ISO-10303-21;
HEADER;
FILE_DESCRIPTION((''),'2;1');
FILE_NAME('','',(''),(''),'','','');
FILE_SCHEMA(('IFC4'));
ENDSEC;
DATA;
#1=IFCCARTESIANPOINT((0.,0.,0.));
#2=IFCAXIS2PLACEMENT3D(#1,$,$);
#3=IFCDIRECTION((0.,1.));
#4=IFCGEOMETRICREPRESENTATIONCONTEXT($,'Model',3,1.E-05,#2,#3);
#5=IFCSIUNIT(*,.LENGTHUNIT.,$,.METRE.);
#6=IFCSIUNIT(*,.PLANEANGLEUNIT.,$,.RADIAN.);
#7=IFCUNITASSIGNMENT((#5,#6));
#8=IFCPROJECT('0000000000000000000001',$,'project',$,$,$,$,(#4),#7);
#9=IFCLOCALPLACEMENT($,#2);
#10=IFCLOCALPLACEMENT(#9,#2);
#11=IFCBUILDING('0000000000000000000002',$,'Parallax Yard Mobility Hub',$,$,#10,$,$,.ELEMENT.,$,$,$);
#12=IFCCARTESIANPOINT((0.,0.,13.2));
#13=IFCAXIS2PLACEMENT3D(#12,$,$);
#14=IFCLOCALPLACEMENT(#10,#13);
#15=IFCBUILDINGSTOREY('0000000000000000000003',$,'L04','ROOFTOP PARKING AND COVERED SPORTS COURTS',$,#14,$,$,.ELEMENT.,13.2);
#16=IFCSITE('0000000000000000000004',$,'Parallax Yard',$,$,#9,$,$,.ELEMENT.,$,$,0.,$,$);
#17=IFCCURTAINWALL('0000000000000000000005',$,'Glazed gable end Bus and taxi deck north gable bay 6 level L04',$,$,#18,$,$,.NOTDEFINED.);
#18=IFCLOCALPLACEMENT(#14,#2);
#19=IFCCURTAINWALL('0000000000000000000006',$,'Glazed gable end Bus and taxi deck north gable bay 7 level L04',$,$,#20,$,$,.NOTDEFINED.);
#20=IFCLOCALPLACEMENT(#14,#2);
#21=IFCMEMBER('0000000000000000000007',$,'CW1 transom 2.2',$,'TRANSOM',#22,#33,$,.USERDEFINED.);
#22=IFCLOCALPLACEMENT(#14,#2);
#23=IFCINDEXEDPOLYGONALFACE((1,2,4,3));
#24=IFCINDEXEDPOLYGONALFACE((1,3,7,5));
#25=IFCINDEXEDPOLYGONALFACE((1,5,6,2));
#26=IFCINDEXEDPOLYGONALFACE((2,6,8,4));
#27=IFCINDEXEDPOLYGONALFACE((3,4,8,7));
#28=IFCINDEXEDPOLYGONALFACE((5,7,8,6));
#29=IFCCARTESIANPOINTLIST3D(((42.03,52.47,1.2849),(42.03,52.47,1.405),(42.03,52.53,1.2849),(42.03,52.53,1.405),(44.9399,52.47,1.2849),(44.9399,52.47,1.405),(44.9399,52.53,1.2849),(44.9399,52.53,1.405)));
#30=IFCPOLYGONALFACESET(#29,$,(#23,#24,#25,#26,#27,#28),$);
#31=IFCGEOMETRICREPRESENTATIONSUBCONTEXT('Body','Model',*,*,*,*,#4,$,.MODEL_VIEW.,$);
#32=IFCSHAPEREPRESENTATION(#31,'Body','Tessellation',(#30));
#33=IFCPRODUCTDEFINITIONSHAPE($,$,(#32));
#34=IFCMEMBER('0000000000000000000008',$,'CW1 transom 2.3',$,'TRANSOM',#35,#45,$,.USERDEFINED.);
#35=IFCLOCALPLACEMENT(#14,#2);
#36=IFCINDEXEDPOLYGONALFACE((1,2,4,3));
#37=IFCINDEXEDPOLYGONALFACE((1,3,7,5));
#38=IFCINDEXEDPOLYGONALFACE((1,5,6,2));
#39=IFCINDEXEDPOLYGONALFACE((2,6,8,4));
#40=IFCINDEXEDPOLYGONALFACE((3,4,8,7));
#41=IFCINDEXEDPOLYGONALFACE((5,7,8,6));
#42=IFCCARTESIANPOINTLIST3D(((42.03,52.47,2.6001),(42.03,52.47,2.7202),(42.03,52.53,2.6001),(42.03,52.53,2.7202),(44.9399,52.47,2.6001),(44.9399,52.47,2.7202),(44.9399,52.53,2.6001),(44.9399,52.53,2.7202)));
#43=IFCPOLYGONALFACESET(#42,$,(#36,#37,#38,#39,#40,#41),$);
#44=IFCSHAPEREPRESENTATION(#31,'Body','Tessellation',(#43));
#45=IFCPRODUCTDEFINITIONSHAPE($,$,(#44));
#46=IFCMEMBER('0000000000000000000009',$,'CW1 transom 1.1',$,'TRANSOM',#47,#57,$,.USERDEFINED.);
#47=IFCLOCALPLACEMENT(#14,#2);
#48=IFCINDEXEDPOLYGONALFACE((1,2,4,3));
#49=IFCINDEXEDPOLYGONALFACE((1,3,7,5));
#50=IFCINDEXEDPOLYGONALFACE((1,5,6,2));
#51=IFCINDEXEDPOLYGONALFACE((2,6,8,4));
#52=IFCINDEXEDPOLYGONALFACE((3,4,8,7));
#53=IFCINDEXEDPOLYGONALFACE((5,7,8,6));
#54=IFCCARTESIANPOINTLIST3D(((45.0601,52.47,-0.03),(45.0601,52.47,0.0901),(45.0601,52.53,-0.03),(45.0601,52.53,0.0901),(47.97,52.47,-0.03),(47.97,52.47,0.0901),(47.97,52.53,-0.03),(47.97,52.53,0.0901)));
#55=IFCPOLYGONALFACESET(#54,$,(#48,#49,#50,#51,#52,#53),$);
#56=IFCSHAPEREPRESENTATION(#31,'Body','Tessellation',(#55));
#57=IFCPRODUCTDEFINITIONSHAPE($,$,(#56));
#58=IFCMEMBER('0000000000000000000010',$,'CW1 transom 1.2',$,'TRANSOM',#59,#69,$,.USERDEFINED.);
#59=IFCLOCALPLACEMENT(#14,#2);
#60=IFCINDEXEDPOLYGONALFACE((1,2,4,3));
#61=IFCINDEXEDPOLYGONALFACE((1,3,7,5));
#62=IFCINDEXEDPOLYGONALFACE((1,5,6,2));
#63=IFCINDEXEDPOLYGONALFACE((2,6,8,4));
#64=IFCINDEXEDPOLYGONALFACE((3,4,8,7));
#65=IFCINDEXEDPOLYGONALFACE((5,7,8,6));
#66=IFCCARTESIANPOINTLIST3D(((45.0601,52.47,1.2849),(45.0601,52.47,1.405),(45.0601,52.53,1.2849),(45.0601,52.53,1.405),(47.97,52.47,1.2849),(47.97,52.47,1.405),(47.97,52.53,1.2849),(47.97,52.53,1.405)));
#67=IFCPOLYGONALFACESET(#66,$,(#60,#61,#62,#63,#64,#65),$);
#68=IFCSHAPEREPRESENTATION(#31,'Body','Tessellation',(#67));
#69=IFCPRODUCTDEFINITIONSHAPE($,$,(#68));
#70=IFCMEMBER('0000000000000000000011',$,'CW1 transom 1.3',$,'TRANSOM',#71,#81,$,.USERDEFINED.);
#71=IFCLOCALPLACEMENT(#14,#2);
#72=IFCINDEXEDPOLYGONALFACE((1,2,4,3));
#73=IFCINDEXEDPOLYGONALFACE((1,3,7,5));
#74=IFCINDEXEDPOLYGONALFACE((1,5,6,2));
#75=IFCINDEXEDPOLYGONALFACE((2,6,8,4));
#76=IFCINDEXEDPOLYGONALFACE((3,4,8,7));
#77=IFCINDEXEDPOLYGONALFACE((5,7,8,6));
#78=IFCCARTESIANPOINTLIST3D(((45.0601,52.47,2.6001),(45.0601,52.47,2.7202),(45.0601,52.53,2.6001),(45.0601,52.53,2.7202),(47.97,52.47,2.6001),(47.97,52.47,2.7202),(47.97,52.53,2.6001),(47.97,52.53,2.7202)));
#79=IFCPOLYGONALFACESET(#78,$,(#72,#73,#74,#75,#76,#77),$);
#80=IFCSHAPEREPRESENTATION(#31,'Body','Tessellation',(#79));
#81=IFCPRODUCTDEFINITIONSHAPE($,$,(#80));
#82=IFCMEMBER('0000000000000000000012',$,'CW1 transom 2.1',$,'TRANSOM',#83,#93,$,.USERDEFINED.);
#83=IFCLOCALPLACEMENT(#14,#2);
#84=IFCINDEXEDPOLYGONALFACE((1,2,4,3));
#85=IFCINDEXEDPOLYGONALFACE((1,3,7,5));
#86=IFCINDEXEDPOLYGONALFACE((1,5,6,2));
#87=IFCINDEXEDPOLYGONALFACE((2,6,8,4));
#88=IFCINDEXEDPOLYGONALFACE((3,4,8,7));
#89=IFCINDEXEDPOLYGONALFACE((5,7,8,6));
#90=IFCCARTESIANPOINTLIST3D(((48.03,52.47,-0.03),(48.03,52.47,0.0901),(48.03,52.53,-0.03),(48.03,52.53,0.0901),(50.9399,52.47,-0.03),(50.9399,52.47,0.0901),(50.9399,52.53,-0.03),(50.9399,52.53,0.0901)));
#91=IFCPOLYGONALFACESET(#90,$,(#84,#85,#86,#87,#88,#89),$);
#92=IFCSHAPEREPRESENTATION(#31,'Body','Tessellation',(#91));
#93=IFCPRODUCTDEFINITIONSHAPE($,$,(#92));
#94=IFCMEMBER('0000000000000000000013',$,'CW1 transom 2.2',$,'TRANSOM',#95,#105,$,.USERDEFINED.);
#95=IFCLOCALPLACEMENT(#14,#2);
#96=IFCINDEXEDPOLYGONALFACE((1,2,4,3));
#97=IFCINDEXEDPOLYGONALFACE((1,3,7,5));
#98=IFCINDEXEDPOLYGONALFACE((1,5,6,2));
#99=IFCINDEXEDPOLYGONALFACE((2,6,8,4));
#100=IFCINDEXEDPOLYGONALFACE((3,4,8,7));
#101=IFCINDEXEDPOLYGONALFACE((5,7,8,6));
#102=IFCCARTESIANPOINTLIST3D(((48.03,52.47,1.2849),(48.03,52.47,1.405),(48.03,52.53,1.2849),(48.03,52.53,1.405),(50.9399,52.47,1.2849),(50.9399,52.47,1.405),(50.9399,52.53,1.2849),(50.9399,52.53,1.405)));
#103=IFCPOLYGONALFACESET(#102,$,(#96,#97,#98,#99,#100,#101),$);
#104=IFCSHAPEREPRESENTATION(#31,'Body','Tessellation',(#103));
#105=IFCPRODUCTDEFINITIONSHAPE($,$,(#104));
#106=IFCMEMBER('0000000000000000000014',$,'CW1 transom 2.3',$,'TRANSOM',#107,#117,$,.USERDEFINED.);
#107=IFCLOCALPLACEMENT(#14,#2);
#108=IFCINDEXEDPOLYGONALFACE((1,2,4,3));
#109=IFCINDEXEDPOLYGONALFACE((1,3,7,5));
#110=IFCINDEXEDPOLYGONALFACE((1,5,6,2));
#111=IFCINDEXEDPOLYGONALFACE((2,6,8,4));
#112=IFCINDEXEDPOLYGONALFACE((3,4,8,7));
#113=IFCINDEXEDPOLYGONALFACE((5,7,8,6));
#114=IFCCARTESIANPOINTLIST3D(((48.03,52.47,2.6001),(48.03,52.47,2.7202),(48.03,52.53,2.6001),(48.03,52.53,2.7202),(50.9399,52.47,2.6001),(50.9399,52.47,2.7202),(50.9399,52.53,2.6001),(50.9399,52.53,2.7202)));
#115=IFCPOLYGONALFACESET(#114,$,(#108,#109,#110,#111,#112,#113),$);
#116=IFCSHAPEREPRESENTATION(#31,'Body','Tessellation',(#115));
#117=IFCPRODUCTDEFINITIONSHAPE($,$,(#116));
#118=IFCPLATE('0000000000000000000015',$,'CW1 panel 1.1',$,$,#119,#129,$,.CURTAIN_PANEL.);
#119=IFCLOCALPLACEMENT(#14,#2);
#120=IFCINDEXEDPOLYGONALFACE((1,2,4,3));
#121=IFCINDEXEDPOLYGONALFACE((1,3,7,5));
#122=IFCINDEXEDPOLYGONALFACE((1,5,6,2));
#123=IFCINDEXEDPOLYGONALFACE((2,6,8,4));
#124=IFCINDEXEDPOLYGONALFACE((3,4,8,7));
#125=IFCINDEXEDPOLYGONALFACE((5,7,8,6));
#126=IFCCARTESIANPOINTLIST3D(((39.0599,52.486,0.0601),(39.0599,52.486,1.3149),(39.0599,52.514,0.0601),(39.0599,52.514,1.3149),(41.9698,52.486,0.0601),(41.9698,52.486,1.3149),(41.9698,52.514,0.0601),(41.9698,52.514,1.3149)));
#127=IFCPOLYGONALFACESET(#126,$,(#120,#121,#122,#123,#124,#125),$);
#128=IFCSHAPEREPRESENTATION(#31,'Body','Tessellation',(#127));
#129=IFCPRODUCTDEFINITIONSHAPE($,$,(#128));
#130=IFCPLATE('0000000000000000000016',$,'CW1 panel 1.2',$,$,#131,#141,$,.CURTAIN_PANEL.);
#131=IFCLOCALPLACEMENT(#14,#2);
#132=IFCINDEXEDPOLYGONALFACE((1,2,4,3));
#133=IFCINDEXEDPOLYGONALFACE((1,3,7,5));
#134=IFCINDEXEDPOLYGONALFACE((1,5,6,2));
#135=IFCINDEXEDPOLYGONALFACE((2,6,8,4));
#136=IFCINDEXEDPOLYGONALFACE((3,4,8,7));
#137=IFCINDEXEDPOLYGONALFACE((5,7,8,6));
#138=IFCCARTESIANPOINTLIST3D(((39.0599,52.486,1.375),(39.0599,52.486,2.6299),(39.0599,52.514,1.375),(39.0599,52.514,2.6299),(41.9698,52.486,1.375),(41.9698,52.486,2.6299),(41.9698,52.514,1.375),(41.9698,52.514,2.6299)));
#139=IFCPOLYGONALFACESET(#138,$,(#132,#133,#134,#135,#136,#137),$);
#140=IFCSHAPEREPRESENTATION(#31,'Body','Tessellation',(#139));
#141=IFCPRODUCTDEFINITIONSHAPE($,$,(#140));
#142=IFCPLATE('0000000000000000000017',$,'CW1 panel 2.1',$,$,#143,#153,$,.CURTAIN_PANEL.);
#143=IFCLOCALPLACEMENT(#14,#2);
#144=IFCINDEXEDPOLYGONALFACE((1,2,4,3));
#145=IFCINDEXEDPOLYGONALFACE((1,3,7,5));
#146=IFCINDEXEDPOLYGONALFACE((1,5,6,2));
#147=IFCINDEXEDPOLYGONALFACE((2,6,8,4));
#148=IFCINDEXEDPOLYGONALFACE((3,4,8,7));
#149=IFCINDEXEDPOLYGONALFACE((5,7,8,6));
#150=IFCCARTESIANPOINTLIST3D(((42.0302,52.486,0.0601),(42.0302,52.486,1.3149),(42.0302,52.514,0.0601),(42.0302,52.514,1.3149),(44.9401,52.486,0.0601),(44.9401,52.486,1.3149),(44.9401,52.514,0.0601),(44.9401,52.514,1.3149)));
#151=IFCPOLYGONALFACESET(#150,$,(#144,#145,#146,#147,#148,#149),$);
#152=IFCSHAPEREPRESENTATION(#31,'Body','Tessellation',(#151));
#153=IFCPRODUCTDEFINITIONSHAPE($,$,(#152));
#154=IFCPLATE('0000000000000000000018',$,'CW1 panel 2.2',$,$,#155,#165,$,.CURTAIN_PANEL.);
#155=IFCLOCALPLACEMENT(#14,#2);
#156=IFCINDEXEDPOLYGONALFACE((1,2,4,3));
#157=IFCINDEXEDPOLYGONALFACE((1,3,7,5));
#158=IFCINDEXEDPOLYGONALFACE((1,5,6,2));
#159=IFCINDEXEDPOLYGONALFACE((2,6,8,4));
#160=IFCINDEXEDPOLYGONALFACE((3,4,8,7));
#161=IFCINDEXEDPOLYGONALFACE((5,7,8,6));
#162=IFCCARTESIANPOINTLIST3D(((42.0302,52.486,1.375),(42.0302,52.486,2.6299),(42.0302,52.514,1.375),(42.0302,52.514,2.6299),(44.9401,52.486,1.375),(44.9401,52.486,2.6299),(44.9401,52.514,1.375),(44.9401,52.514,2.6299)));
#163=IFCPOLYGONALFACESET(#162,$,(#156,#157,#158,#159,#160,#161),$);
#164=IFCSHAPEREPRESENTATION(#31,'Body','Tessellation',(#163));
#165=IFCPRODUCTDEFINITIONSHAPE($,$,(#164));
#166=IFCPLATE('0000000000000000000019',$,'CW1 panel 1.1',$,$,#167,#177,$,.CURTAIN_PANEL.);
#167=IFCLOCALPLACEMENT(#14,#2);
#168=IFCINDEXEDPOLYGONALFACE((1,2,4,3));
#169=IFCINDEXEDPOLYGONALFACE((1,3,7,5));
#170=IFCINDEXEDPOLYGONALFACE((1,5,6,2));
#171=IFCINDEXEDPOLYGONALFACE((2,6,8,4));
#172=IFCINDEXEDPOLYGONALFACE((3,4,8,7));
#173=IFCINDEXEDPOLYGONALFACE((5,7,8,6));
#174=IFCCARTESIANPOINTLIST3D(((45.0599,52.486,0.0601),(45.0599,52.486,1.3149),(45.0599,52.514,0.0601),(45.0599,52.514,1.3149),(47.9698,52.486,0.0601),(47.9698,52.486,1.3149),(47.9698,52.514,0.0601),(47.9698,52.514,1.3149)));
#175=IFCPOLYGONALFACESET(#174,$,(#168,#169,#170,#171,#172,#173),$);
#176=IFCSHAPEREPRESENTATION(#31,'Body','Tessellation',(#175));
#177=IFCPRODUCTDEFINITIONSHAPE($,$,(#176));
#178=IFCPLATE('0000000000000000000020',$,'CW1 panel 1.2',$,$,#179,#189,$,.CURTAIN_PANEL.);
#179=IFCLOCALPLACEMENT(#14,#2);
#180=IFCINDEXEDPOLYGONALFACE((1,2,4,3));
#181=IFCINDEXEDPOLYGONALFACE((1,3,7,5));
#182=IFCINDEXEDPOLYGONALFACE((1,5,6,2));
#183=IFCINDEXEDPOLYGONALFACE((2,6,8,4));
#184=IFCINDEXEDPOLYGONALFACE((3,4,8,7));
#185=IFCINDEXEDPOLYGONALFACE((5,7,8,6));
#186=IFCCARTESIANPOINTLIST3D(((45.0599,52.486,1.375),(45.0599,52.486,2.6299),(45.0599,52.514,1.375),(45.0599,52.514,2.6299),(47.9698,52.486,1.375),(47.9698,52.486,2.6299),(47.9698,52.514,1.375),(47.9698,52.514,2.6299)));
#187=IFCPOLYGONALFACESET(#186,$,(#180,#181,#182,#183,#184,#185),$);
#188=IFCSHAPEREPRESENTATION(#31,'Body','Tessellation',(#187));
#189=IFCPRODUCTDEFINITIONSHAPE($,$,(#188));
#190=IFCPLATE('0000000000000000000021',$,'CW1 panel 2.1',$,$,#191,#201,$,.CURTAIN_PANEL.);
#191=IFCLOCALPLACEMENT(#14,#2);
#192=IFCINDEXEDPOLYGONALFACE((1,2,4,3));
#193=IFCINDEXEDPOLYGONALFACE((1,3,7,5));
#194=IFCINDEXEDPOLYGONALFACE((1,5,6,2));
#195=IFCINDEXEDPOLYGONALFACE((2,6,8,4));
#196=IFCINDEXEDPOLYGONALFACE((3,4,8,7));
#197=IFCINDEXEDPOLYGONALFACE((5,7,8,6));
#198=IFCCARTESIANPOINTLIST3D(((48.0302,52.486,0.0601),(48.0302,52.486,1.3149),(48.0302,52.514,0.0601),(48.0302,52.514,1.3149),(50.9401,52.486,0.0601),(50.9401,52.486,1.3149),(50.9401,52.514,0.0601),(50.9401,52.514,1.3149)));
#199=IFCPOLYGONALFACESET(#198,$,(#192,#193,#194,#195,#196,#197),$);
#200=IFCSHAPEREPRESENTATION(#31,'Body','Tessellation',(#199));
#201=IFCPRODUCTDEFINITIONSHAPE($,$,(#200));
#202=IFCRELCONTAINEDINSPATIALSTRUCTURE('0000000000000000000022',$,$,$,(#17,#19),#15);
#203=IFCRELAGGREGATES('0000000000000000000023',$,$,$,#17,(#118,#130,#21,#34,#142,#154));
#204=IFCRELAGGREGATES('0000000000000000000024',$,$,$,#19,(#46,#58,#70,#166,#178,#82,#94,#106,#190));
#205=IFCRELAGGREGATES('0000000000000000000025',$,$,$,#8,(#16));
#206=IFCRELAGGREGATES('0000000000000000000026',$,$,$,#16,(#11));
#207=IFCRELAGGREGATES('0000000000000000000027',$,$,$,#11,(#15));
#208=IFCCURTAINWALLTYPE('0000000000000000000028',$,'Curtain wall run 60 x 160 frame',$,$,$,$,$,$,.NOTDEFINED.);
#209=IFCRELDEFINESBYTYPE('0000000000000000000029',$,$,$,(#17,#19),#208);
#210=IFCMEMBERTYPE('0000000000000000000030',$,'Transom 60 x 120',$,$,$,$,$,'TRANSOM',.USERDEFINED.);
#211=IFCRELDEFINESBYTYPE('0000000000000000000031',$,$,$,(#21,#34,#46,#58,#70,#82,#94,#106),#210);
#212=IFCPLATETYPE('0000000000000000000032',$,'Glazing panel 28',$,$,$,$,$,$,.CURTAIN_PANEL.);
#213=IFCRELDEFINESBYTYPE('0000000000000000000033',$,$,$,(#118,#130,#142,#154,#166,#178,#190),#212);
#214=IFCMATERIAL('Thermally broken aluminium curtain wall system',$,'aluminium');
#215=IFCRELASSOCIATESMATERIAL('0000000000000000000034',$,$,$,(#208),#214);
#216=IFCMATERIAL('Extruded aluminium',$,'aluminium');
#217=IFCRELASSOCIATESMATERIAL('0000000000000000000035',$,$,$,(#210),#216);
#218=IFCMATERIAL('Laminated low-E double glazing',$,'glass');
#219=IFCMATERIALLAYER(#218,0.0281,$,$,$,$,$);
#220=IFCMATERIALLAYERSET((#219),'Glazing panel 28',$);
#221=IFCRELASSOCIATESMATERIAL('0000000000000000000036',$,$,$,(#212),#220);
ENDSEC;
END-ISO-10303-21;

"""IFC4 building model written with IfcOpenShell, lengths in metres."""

from ifc_helpers import new_model, si_unit, direction, frame, origin, origin_2d, place, context, subcontext, project, spatial, rectangle, extrude, material, layer, layer_set, material_profile, profile_set, type_object, element, aggregate, save


model = new_model("IFC4")

# Units and contexts
model_context = context("Model", 3, precision=1e-05, world=origin(), true_north=direction((0.0, 1.0)))
body_context = subcontext(model_context, "Body", "Model", "MODEL_VIEW")
ifc_project = project(units=[si_unit("LENGTHUNIT", "METRE"), si_unit("PLANEANGLEUNIT", "RADIAN")], contexts=[model_context])

# Site, building, storey
site_placement = place(None, origin())
site = spatial("IfcSite", under=ifc_project, at=site_placement, Name="Parallax Yard", CompositionType="ELEMENT", RefElevation=0.0)
building_placement = place(site_placement, origin())
building = spatial("IfcBuilding", under=site, at=building_placement, Name="Parallax Yard Mobility Hub", CompositionType="ELEMENT")
storey_placement = place(building_placement, frame((0.0, 0.0, 13.2)))
storey = spatial("IfcBuildingStorey", under=building, at=storey_placement, Name="L04", Description="ROOFTOP PARKING AND COVERED SPORTS COURTS", CompositionType="ELEMENT", Elevation=13.2)

# Curtain walls
ifc_material_1 = material(Name="Thermally broken aluminium curtain wall system", Category="aluminium")
curtain_wall_type = type_object("IfcCurtainWallType", Name="Curtain wall run 60 x 160 frame", PredefinedType="NOTDEFINED", material=ifc_material_1)
curtain_wall_1_placement = place(storey_placement, origin())
curtain_wall_1 = element("IfcCurtainWall", 1, at=curtain_wall_1_placement, inside=storey, type_object=curtain_wall_type, Name="Glazed gable end Bus and taxi deck north gable bay 6 level L04", PredefinedType="NOTDEFINED")
ifc_material_2 = material(Name="Extruded aluminium", Category="aluminium")
curtain_wall_2_placement = place(storey_placement, origin())
curtain_wall_2 = element("IfcCurtainWall", 2, at=curtain_wall_2_placement, inside=storey, type_object=curtain_wall_type, Name="Glazed gable end Bus and taxi deck north gable bay 7 level L04", PredefinedType="NOTDEFINED")

# Members
ifc_material_profile_1 = material_profile(ifc_material_2, rectangle(XDim=0.0601, YDim=0.1201, at=origin_2d()), Name="Transom 60 x 120")
ifc_profile_set_1 = profile_set([ifc_material_profile_1], Name="Extruded aluminium")
member_type_1 = type_object("IfcMemberType", Name="Transom 60 x 120", ElementType="TRANSOM", PredefinedType="USERDEFINED", material=ifc_profile_set_1)
member_1_placement = place(storey_placement, frame((42.03, 52.5, 1.345), z_axis=(1.0, 0.0, 0.0), x_axis=(0.0, 1.0, 0.0)))
member_1 = element("IfcMember", 3, at=member_1_placement, type_object=member_type_1, Name="CW1 transom 2.2", ObjectType="TRANSOM", PredefinedType="USERDEFINED", context=body_context, shape_type="SweptSolid", body=[
    extrude(rectangle(XDim=0.0601, YDim=0.1201, at=origin_2d()), origin(), (0.0, 0.0, 1.0), 2.9099),
])
member_2_placement = place(storey_placement, frame((42.03, 52.5, 2.6602), z_axis=(1.0, 0.0, 0.0), x_axis=(0.0, 1.0, 0.0)))
member_2 = element("IfcMember", 4, at=member_2_placement, type_object=member_type_1, Name="CW1 transom 2.3", ObjectType="TRANSOM", PredefinedType="USERDEFINED", context=body_context, shape_type="SweptSolid", body=[
    extrude(rectangle(XDim=0.0601, YDim=0.1201, at=origin_2d()), origin(), (0.0, 0.0, 1.0), 2.9099),
])
member_3_placement = place(storey_placement, frame((45.0601, 52.5, 0.03), z_axis=(1.0, 0.0, 0.0), x_axis=(0.0, 1.0, 0.0)))
member_3 = element("IfcMember", 5, at=member_3_placement, type_object=member_type_1, Name="CW1 transom 1.1", ObjectType="TRANSOM", PredefinedType="USERDEFINED", context=body_context, shape_type="SweptSolid", body=[
    extrude(rectangle(XDim=0.0601, YDim=0.1201, at=origin_2d()), origin(), (0.0, 0.0, 1.0), 2.9099),
])
member_4_placement = place(storey_placement, frame((45.0601, 52.5, 1.345), z_axis=(1.0, 0.0, 0.0), x_axis=(0.0, 1.0, 0.0)))
member_4 = element("IfcMember", 6, at=member_4_placement, type_object=member_type_1, Name="CW1 transom 1.2", ObjectType="TRANSOM", PredefinedType="USERDEFINED", context=body_context, shape_type="SweptSolid", body=[
    extrude(rectangle(XDim=0.0601, YDim=0.1201, at=origin_2d()), origin(), (0.0, 0.0, 1.0), 2.9099),
])
member_5_placement = place(storey_placement, frame((45.0601, 52.5, 2.6602), z_axis=(1.0, 0.0, 0.0), x_axis=(0.0, 1.0, 0.0)))
member_5 = element("IfcMember", 7, at=member_5_placement, type_object=member_type_1, Name="CW1 transom 1.3", ObjectType="TRANSOM", PredefinedType="USERDEFINED", context=body_context, shape_type="SweptSolid", body=[
    extrude(rectangle(XDim=0.0601, YDim=0.1201, at=origin_2d()), origin(), (0.0, 0.0, 1.0), 2.9099),
])
member_6_placement = place(storey_placement, frame((48.03, 52.5, 0.03), z_axis=(1.0, 0.0, 0.0), x_axis=(0.0, 1.0, 0.0)))
member_6 = element("IfcMember", 8, at=member_6_placement, type_object=member_type_1, Name="CW1 transom 2.1", ObjectType="TRANSOM", PredefinedType="USERDEFINED", context=body_context, shape_type="SweptSolid", body=[
    extrude(rectangle(XDim=0.0601, YDim=0.1201, at=origin_2d()), origin(), (0.0, 0.0, 1.0), 2.9099),
])
member_7_placement = place(storey_placement, frame((48.03, 52.5, 1.345), z_axis=(1.0, 0.0, 0.0), x_axis=(0.0, 1.0, 0.0)))
member_7 = element("IfcMember", 9, at=member_7_placement, type_object=member_type_1, Name="CW1 transom 2.2", ObjectType="TRANSOM", PredefinedType="USERDEFINED", context=body_context, shape_type="SweptSolid", body=[
    extrude(rectangle(XDim=0.0601, YDim=0.1201, at=origin_2d()), origin(), (0.0, 0.0, 1.0), 2.9099),
])
member_8_placement = place(storey_placement, frame((48.03, 52.5, 2.6602), z_axis=(1.0, 0.0, 0.0), x_axis=(0.0, 1.0, 0.0)))
member_8 = element("IfcMember", 10, at=member_8_placement, type_object=member_type_1, Name="CW1 transom 2.3", ObjectType="TRANSOM", PredefinedType="USERDEFINED", context=body_context, shape_type="SweptSolid", body=[
    extrude(rectangle(XDim=0.0601, YDim=0.1201, at=origin_2d()), origin(), (0.0, 0.0, 1.0), 2.9099),
])

# Plates
ifc_material_3 = material(Name="Laminated low-E double glazing", Category="glass")
ifc_layer = layer(ifc_material_3, 0.0281)
ifc_layer_set = layer_set([ifc_layer], Name="Glazing panel 28")
plate_type = type_object("IfcPlateType", Name="Glazing panel 28", PredefinedType="CURTAIN_PANEL", material=ifc_layer_set)
plate_1_placement = place(storey_placement, frame((40.5149, 52.5, 0.0601), z_axis=(0.0, 0.0, 1.0), x_axis=(1.0, 0.0, 0.0)))
plate_1 = element("IfcPlate", 11, at=plate_1_placement, type_object=plate_type, Name="CW1 panel 1.1", PredefinedType="CURTAIN_PANEL", context=body_context, shape_type="SweptSolid", body=[
    extrude(rectangle(XDim=2.9099, YDim=0.0281, at=origin_2d()), origin(), (0.0, 0.0, 1.0), 1.2549),
])
plate_2_placement = place(storey_placement, frame((40.5149, 52.5, 1.375), z_axis=(0.0, 0.0, 1.0), x_axis=(1.0, 0.0, 0.0)))
plate_2 = element("IfcPlate", 12, at=plate_2_placement, type_object=plate_type, Name="CW1 panel 1.2", PredefinedType="CURTAIN_PANEL", context=body_context, shape_type="SweptSolid", body=[
    extrude(rectangle(XDim=2.9099, YDim=0.0281, at=origin_2d()), origin(), (0.0, 0.0, 1.0), 1.2549),
])
plate_3_placement = place(storey_placement, frame((43.4851, 52.5, 0.0601), z_axis=(0.0, 0.0, 1.0), x_axis=(1.0, 0.0, 0.0)))
plate_3 = element("IfcPlate", 13, at=plate_3_placement, type_object=plate_type, Name="CW1 panel 2.1", PredefinedType="CURTAIN_PANEL", context=body_context, shape_type="SweptSolid", body=[
    extrude(rectangle(XDim=2.9099, YDim=0.0281, at=origin_2d()), origin(), (0.0, 0.0, 1.0), 1.2549),
])
plate_4_placement = place(storey_placement, frame((43.4851, 52.5, 1.375), z_axis=(0.0, 0.0, 1.0), x_axis=(1.0, 0.0, 0.0)))
plate_4 = element("IfcPlate", 14, at=plate_4_placement, type_object=plate_type, Name="CW1 panel 2.2", PredefinedType="CURTAIN_PANEL", context=body_context, shape_type="SweptSolid", body=[
    extrude(rectangle(XDim=2.9099, YDim=0.0281, at=origin_2d()), origin(), (0.0, 0.0, 1.0), 1.2549),
])
aggregate(curtain_wall_1, [plate_1, plate_2, member_1, member_2, plate_3, plate_4])
plate_5_placement = place(storey_placement, frame((46.5149, 52.5, 0.0601), z_axis=(0.0, 0.0, 1.0), x_axis=(1.0, 0.0, 0.0)))
plate_5 = element("IfcPlate", 15, at=plate_5_placement, type_object=plate_type, Name="CW1 panel 1.1", PredefinedType="CURTAIN_PANEL", context=body_context, shape_type="SweptSolid", body=[
    extrude(rectangle(XDim=2.9099, YDim=0.0281, at=origin_2d()), origin(), (0.0, 0.0, 1.0), 1.2549),
])
plate_6_placement = place(storey_placement, frame((46.5149, 52.5, 1.375), z_axis=(0.0, 0.0, 1.0), x_axis=(1.0, 0.0, 0.0)))
plate_6 = element("IfcPlate", 16, at=plate_6_placement, type_object=plate_type, Name="CW1 panel 1.2", PredefinedType="CURTAIN_PANEL", context=body_context, shape_type="SweptSolid", body=[
    extrude(rectangle(XDim=2.9099, YDim=0.0281, at=origin_2d()), origin(), (0.0, 0.0, 1.0), 1.2549),
])
plate_7_placement = place(storey_placement, frame((49.4851, 52.5, 0.0601), z_axis=(0.0, 0.0, 1.0), x_axis=(1.0, 0.0, 0.0)))
plate_7 = element("IfcPlate", 17, at=plate_7_placement, type_object=plate_type, Name="CW1 panel 2.1", PredefinedType="CURTAIN_PANEL", context=body_context, shape_type="SweptSolid", body=[
    extrude(rectangle(XDim=2.9099, YDim=0.0281, at=origin_2d()), origin(), (0.0, 0.0, 1.0), 1.2549),
])
aggregate(curtain_wall_2, [member_3, member_4, member_5, plate_5, plate_6, member_6, member_7, member_8, plate_7])

save(model, "model.ifc")
